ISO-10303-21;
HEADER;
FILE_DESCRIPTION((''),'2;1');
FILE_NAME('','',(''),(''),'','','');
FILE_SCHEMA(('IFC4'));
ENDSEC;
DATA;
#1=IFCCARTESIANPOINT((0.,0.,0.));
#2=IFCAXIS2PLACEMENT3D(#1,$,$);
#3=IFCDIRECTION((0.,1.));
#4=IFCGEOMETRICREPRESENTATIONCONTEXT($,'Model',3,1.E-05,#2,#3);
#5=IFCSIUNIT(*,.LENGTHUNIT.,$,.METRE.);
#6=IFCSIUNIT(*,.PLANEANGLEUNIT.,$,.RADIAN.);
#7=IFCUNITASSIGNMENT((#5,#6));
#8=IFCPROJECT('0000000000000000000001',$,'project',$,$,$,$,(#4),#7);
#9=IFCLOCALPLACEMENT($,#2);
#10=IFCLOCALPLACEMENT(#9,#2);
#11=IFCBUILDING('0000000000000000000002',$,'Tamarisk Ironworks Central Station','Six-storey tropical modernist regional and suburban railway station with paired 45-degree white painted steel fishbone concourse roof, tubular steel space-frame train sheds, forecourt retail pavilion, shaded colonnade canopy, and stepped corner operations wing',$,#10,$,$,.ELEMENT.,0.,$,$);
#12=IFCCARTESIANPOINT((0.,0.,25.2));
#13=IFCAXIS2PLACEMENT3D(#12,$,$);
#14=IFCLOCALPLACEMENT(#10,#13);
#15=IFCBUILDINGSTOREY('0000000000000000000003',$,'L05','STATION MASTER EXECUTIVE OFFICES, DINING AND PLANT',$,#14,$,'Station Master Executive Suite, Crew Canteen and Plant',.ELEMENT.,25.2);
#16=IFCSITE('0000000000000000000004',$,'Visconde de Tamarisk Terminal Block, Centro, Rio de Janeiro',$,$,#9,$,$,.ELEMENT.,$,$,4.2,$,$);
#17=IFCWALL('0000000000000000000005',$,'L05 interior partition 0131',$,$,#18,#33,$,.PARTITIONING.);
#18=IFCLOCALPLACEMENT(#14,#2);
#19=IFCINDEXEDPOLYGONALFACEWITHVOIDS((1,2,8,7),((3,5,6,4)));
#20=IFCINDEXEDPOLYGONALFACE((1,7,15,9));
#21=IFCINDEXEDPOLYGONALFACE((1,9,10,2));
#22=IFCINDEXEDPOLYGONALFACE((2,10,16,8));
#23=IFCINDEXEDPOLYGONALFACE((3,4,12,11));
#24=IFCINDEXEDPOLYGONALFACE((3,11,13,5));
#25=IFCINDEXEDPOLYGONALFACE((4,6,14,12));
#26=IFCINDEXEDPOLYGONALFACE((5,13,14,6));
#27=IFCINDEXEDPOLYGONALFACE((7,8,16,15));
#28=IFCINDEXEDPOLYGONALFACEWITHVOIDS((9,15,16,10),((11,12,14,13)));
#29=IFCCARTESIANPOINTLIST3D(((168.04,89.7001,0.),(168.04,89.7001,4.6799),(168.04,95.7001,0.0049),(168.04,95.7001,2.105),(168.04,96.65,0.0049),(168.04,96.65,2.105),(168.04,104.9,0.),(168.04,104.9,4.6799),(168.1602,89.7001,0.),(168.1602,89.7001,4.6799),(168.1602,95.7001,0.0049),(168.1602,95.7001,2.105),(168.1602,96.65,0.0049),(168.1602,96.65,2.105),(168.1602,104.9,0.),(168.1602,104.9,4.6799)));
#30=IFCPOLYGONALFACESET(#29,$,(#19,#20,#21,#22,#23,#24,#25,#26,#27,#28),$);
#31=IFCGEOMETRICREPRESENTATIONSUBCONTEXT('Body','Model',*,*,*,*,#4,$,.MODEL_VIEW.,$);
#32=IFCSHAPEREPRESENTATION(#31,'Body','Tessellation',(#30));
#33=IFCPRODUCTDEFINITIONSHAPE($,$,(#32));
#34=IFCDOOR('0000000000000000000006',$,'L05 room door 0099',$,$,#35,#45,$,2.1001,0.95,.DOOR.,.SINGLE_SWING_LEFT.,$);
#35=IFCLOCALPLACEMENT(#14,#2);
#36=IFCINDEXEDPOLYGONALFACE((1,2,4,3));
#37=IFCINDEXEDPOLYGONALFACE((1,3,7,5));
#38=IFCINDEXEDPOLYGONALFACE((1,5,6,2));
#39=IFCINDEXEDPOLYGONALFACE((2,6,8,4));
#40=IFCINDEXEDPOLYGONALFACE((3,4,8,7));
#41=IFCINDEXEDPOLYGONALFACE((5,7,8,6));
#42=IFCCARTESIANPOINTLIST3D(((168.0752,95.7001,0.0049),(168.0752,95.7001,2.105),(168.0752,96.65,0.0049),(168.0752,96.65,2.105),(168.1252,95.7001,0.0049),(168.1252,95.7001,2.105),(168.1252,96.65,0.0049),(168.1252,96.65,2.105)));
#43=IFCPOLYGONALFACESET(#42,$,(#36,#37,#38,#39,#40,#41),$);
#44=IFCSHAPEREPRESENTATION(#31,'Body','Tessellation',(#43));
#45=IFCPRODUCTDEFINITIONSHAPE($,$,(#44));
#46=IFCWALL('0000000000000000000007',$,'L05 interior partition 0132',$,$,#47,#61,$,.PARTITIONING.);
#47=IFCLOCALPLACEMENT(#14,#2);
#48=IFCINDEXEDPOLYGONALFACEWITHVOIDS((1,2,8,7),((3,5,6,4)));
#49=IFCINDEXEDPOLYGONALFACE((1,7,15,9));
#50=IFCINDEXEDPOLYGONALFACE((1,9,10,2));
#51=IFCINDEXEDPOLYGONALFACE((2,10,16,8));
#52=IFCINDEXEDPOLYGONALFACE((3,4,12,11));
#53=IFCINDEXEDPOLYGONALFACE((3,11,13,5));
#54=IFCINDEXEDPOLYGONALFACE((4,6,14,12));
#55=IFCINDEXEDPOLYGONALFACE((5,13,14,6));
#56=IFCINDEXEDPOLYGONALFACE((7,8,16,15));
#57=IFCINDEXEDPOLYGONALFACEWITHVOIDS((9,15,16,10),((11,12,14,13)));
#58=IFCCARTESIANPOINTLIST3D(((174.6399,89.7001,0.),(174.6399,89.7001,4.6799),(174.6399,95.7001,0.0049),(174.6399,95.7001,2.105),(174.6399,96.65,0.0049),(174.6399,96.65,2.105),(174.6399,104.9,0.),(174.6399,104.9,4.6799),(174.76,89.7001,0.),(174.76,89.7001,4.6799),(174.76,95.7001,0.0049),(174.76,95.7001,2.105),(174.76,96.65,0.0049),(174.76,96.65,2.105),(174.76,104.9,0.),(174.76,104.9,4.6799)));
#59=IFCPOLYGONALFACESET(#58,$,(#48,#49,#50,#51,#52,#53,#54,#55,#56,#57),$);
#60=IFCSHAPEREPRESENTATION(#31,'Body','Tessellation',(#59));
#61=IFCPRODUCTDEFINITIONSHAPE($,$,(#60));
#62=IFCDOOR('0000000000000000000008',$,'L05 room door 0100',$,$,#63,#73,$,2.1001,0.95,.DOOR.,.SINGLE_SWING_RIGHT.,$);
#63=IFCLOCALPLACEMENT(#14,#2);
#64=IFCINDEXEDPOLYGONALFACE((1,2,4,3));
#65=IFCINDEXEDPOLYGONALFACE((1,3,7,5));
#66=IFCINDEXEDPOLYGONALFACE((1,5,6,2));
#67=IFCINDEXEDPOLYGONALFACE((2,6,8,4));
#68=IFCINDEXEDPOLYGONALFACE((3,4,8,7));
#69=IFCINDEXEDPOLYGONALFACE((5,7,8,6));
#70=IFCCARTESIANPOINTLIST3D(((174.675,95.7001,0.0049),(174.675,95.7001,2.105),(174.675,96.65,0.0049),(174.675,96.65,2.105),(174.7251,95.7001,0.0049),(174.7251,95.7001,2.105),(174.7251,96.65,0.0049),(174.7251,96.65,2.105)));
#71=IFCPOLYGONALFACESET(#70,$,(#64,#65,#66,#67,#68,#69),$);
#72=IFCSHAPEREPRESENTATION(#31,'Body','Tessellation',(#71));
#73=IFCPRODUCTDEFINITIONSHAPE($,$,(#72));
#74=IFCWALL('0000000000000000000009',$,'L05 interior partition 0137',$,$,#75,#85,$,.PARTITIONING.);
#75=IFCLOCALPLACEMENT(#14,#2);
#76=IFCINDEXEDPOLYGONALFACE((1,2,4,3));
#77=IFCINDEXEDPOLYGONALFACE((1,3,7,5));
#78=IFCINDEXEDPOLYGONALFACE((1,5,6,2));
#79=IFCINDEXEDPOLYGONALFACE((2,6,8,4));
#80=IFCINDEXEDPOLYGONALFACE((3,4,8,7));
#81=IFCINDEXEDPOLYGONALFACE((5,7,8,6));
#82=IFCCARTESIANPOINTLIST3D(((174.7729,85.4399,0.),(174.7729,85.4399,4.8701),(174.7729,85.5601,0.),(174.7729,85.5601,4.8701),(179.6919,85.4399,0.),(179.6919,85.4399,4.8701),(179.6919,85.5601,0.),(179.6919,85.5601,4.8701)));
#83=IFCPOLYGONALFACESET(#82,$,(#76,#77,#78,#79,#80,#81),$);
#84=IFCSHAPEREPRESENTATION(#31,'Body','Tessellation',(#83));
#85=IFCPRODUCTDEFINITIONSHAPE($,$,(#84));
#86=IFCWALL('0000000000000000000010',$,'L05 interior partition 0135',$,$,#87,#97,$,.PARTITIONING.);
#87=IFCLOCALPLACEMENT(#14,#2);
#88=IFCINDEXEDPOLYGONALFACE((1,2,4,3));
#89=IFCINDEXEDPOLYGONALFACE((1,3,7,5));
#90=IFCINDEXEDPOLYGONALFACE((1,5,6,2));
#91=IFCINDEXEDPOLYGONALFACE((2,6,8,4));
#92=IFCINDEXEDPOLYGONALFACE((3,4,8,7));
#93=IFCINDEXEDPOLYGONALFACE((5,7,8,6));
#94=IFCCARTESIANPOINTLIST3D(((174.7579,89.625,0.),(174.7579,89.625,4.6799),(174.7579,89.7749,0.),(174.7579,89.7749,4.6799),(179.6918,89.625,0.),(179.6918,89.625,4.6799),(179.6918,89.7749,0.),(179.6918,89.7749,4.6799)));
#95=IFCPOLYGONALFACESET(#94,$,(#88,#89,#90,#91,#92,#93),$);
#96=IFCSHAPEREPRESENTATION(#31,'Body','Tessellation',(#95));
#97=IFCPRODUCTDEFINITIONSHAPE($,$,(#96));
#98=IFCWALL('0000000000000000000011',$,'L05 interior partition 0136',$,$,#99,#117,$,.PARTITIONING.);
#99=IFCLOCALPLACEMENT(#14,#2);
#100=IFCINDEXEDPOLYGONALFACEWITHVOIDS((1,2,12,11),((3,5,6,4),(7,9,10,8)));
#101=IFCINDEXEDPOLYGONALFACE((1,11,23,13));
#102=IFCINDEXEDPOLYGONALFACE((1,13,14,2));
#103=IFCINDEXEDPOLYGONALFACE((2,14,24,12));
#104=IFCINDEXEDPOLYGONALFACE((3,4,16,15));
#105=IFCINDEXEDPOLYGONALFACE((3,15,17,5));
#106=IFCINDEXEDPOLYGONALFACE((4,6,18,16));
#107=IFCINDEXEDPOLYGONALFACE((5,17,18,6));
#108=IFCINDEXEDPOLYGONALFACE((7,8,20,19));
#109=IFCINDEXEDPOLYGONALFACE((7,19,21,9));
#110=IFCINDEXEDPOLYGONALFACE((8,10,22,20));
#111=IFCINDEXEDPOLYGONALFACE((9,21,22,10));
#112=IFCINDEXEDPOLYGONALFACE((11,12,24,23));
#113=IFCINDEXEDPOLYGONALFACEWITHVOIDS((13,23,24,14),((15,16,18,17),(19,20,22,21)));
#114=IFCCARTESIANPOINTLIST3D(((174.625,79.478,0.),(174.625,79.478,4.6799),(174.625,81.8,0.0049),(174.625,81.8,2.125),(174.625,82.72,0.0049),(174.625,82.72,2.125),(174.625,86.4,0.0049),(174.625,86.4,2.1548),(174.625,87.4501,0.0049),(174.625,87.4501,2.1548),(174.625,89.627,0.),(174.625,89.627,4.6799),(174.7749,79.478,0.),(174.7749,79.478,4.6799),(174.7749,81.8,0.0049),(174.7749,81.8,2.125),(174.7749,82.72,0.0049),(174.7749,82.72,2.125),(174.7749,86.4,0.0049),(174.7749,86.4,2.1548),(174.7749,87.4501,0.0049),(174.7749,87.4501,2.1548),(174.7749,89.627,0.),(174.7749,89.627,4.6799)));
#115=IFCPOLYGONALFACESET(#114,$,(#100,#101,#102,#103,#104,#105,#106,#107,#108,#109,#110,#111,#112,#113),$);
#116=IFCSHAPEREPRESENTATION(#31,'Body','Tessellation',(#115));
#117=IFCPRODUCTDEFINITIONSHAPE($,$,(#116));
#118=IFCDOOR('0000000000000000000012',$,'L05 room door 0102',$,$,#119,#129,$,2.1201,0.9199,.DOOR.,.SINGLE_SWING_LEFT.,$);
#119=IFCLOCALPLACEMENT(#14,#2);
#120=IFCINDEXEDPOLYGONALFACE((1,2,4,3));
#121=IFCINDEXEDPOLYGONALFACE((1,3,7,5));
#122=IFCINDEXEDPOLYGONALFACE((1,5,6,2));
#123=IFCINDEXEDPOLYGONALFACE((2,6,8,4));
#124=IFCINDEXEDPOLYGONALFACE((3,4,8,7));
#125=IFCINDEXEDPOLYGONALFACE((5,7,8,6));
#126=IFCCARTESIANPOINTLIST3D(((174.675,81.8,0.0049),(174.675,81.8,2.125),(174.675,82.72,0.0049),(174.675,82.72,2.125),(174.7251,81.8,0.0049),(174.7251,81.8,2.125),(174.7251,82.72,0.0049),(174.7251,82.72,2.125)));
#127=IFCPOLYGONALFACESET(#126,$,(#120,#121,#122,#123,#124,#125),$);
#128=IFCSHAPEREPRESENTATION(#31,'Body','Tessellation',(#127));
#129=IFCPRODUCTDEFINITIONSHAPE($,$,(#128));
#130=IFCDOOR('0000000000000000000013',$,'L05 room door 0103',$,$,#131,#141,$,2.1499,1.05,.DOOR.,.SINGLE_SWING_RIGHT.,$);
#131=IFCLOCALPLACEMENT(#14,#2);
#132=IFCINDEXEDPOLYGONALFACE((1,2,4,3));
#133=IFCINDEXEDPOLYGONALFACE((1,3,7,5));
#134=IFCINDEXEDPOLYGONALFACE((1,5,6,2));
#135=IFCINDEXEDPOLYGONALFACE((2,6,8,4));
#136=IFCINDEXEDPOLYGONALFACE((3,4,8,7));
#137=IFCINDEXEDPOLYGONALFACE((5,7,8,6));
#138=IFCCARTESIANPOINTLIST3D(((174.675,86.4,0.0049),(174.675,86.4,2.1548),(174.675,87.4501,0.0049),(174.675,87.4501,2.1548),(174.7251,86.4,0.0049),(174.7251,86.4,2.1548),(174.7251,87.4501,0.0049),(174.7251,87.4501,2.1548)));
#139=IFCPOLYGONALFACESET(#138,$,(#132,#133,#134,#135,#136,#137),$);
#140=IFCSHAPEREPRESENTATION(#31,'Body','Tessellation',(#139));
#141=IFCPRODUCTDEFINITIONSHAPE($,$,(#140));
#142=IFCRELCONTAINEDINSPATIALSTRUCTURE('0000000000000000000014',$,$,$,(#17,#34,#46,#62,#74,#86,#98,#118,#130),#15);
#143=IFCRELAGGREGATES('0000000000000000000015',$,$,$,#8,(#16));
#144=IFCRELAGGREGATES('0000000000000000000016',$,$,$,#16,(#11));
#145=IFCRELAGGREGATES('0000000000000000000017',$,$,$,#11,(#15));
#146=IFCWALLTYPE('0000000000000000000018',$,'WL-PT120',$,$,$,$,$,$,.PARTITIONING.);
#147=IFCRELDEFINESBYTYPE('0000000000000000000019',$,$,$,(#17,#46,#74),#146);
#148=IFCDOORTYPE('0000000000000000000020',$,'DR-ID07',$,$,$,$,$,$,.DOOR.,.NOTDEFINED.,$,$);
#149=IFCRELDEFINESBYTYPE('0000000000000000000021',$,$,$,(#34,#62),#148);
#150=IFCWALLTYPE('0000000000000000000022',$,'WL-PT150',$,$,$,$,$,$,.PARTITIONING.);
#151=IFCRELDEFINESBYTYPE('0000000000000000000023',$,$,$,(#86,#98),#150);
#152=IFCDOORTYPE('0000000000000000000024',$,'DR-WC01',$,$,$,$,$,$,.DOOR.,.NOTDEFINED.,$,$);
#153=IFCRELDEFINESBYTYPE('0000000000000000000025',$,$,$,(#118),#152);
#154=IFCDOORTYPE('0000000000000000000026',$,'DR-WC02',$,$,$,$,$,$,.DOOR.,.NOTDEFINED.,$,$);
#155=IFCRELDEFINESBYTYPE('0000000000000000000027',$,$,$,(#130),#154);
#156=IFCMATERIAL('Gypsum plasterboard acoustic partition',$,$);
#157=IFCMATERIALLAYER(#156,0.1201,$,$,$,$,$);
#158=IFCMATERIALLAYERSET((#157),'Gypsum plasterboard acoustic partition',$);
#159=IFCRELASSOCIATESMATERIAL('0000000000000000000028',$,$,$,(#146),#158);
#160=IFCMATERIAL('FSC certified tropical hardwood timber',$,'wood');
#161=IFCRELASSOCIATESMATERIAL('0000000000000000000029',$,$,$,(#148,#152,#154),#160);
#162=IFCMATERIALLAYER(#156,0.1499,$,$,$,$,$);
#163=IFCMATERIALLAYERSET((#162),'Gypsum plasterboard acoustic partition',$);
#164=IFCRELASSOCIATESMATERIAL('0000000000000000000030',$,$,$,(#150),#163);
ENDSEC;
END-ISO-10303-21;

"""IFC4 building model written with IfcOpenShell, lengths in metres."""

from ifc_helpers import new_model, si_unit, direction, frame, frame_2d, origin, place, context, subcontext, project, spatial, rectangle, extrude, material, layer, layer_set, type_object, element, fill, save


model = new_model("IFC4")

# Units and contexts
model_context = context("Model", 3, precision=1e-05, world=origin(), true_north=direction((0.0, 1.0)))
body_context = subcontext(model_context, "Body", "Model", "MODEL_VIEW")
ifc_project = project(units=[si_unit("LENGTHUNIT", "METRE"), si_unit("PLANEANGLEUNIT", "RADIAN")], contexts=[model_context])

# Site, building, storey
site_placement = place(None, origin())
site = spatial("IfcSite", under=ifc_project, at=site_placement, Name="Visconde de Tamarisk Terminal Block, Centro, Rio de Janeiro", CompositionType="ELEMENT", RefElevation=4.2)
building_placement = place(site_placement, origin())
building = spatial("IfcBuilding", under=site, at=building_placement, Name="Tamarisk Ironworks Central Station", Description="Six-storey tropical modernist regional and suburban railway station with paired 45-degree white painted steel fishbone concourse roof, tubular steel space-frame train sheds, forecourt retail pavilion, shaded colonnade canopy, and stepped corner operations wing", CompositionType="ELEMENT", ElevationOfRefHeight=0.0)
storey_placement = place(building_placement, frame((0.0, 0.0, 25.2)))
storey = spatial("IfcBuildingStorey", under=building, at=storey_placement, Name="L05", Description="STATION MASTER EXECUTIVE OFFICES, DINING AND PLANT", LongName="Station Master Executive Suite, Crew Canteen and Plant", CompositionType="ELEMENT", Elevation=25.2)

# Walls, openings, doors
ifc_material_1 = material(Name="Gypsum plasterboard acoustic partition")
ifc_layer_1 = layer(ifc_material_1, 0.1201)
ifc_layer_set_1 = layer_set([ifc_layer_1], Name="Gypsum plasterboard acoustic partition")
wall_type_1 = type_object("IfcWallType", Name="WL-PT120", PredefinedType="PARTITIONING", material=ifc_layer_set_1)
wall_1_placement = place(storey_placement, frame((168.1001, 89.7, 0.0), z_axis=(0.0, 0.0, 1.0), x_axis=(0.0, 1.0, 0.0)))
wall_1 = element("IfcWall", 1, at=wall_1_placement, inside=storey, type_object=wall_type_1, Name="L05 interior partition 0131", PredefinedType="PARTITIONING", context=body_context, shape_type="SweptSolid", body=[
    extrude(rectangle(XDim=15.2, YDim=0.1201, at=frame_2d((7.6001, 0.0))), origin(), (0.0, 0.0, 1.0), 4.6799),
])
opening_1_placement = place(wall_1_placement, frame((6.0, 0.0, 0.0049)))
opening_1 = element("IfcOpeningElement", 2, at=opening_1_placement, cuts=wall_1, PredefinedType="OPENING", context=body_context, shape_type="SweptSolid", body=[
    extrude(rectangle(XDim=0.95, YDim=2.1001, at=frame_2d((0.4751, 1.05))), frame((0.0, 0.072, 0.0), z_axis=(0.0, -1.0, 0.0), x_axis=(1.0, 0.0, 0.0)), (0.0, 0.0, 1.0), 0.144),
])
ifc_material_2 = material(Name="FSC certified tropical hardwood timber", Category="wood")
door_type_1 = type_object("IfcDoorType", Name="DR-ID07", OperationType="NOTDEFINED", PredefinedType="DOOR", material=ifc_material_2)
door_1_placement = place(opening_1_placement, origin())
door_1 = element("IfcDoor", 3, at=door_1_placement, inside=storey, type_object=door_type_1, Name="L05 room door 0099", OperationType="SINGLE_SWING_LEFT", OverallHeight=2.1001, OverallWidth=0.95, PredefinedType="DOOR", context=body_context, shape_type="SweptSolid", body=[
    extrude(rectangle(XDim=0.95, YDim=2.1001, at=frame_2d((0.4751, 1.05))), frame((0.0, 0.0249, 0.0), z_axis=(0.0, -1.0, 0.0), x_axis=(1.0, 0.0, 0.0)), (0.0, 0.0, 1.0), 0.05),
])
fill(opening_1, door_1)
wall_2_placement = place(storey_placement, frame((174.7, 89.7, 0.0), z_axis=(0.0, 0.0, 1.0), x_axis=(0.0, 1.0, 0.0)))
wall_2 = element("IfcWall", 4, at=wall_2_placement, inside=storey, type_object=wall_type_1, Name="L05 interior partition 0132", PredefinedType="PARTITIONING", context=body_context, shape_type="SweptSolid", body=[
    extrude(rectangle(XDim=15.2, YDim=0.1201, at=frame_2d((7.6001, 0.0))), origin(), (0.0, 0.0, 1.0), 4.6799),
])
opening_2_placement = place(wall_2_placement, frame((6.0, 0.0, 0.0049)))
opening_2 = element("IfcOpeningElement", 5, at=opening_2_placement, cuts=wall_2, PredefinedType="OPENING", context=body_context, shape_type="SweptSolid", body=[
    extrude(rectangle(XDim=0.95, YDim=2.1001, at=frame_2d((0.4751, 1.05))), frame((0.0, 0.072, 0.0), z_axis=(0.0, -1.0, 0.0), x_axis=(1.0, 0.0, 0.0)), (0.0, 0.0, 1.0), 0.144),
])
door_2_placement = place(opening_2_placement, origin())
door_2 = element("IfcDoor", 6, at=door_2_placement, inside=storey, type_object=door_type_1, Name="L05 room door 0100", OperationType="SINGLE_SWING_RIGHT", OverallHeight=2.1001, OverallWidth=0.95, PredefinedType="DOOR", context=body_context, shape_type="SweptSolid", body=[
    extrude(rectangle(XDim=0.95, YDim=2.1001, at=frame_2d((0.4751, 1.05))), frame((0.0, 0.0249, 0.0), z_axis=(0.0, -1.0, 0.0), x_axis=(1.0, 0.0, 0.0)), (0.0, 0.0, 1.0), 0.05),
])
fill(opening_2, door_2)

# Walls
wall_3_placement = place(storey_placement, frame((174.7729, 85.5, 0.0), z_axis=(0.0, 0.0, 1.0), x_axis=(1.0, 0.0, 0.0)))
element("IfcWall", 7, at=wall_3_placement, inside=storey, type_object=wall_type_1, Name="L05 interior partition 0137", PredefinedType="PARTITIONING", context=body_context, shape_type="SweptSolid", body=[
    extrude(rectangle(XDim=4.9189, YDim=0.1201, at=frame_2d((2.4595, 0.0))), origin(), (0.0, 0.0, 1.0), 4.8701),
])
ifc_layer_2 = layer(ifc_material_1, 0.1499)
ifc_layer_set_2 = layer_set([ifc_layer_2], Name="Gypsum plasterboard acoustic partition")
wall_type_2 = type_object("IfcWallType", Name="WL-PT150", PredefinedType="PARTITIONING", material=ifc_layer_set_2)
wall_4_placement = place(storey_placement, frame((174.7581, 89.7, 0.0), z_axis=(0.0, 0.0, 1.0), x_axis=(1.0, 0.0, 0.0)))
element("IfcWall", 8, at=wall_4_placement, inside=storey, type_object=wall_type_2, Name="L05 interior partition 0135", PredefinedType="PARTITIONING", context=body_context, shape_type="SweptSolid", body=[
    extrude(rectangle(XDim=4.9338, YDim=0.1499, at=frame_2d((2.4668, 0.0))), origin(), (0.0, 0.0, 1.0), 4.6799),
])

# Wall, openings, doors
wall_5_placement = place(storey_placement, frame((174.7, 79.478, 0.0), z_axis=(0.0, 0.0, 1.0), x_axis=(0.0, 1.0, 0.0)))
wall_5 = element("IfcWall", 9, at=wall_5_placement, inside=storey, type_object=wall_type_2, Name="L05 interior partition 0136", PredefinedType="PARTITIONING", context=body_context, shape_type="SweptSolid", body=[
    extrude(rectangle(XDim=10.1489, YDim=0.1499, at=frame_2d((5.0745, 0.0))), origin(), (0.0, 0.0, 1.0), 4.6799),
])
opening_3_placement = place(wall_5_placement, frame((2.322, 0.0, 0.0049)))
opening_3 = element("IfcOpeningElement", 10, at=opening_3_placement, cuts=wall_5, PredefinedType="OPENING", context=body_context, shape_type="SweptSolid", body=[
    extrude(rectangle(XDim=0.9199, YDim=2.1201, at=frame_2d((0.46, 1.0601))), frame((0.0, 0.0869, 0.0), z_axis=(0.0, -1.0, 0.0), x_axis=(1.0, 0.0, 0.0)), (0.0, 0.0, 1.0), 0.1738),
])
opening_4_placement = place(wall_5_placement, frame((6.9221, 0.0, 0.0049)))
opening_4 = element("IfcOpeningElement", 11, at=opening_4_placement, cuts=wall_5, PredefinedType="OPENING", context=body_context, shape_type="SweptSolid", body=[
    extrude(rectangle(XDim=1.05, YDim=2.1499, at=frame_2d((0.5249, 1.075))), frame((0.0, 0.0869, 0.0), z_axis=(0.0, -1.0, 0.0), x_axis=(1.0, 0.0, 0.0)), (0.0, 0.0, 1.0), 0.1738),
])
door_type_2 = type_object("IfcDoorType", Name="DR-WC01", OperationType="NOTDEFINED", PredefinedType="DOOR", material=ifc_material_2)
door_3_placement = place(opening_3_placement, origin())
door_3 = element("IfcDoor", 12, at=door_3_placement, inside=storey, type_object=door_type_2, Name="L05 room door 0102", OperationType="SINGLE_SWING_LEFT", OverallHeight=2.1201, OverallWidth=0.9199, PredefinedType="DOOR", context=body_context, shape_type="SweptSolid", body=[
    extrude(rectangle(XDim=0.9199, YDim=2.1201, at=frame_2d((0.46, 1.0601))), frame((0.0, 0.0249, 0.0), z_axis=(0.0, -1.0, 0.0), x_axis=(1.0, 0.0, 0.0)), (0.0, 0.0, 1.0), 0.05),
])
fill(opening_3, door_3)
door_type_3 = type_object("IfcDoorType", Name="DR-WC02", OperationType="NOTDEFINED", PredefinedType="DOOR", material=ifc_material_2)
door_4_placement = place(opening_4_placement, origin())
door_4 = element("IfcDoor", 13, at=door_4_placement, inside=storey, type_object=door_type_3, Name="L05 room door 0103", OperationType="SINGLE_SWING_RIGHT", OverallHeight=2.1499, OverallWidth=1.05, PredefinedType="DOOR", context=body_context, shape_type="SweptSolid", body=[
    extrude(rectangle(XDim=1.05, YDim=2.1499, at=frame_2d((0.5249, 1.075))), frame((0.0, 0.0249, 0.0), z_axis=(0.0, -1.0, 0.0), x_axis=(1.0, 0.0, 0.0)), (0.0, 0.0, 1.0), 0.05),
])
fill(opening_4, door_4)

save(model, "model.ifc")
